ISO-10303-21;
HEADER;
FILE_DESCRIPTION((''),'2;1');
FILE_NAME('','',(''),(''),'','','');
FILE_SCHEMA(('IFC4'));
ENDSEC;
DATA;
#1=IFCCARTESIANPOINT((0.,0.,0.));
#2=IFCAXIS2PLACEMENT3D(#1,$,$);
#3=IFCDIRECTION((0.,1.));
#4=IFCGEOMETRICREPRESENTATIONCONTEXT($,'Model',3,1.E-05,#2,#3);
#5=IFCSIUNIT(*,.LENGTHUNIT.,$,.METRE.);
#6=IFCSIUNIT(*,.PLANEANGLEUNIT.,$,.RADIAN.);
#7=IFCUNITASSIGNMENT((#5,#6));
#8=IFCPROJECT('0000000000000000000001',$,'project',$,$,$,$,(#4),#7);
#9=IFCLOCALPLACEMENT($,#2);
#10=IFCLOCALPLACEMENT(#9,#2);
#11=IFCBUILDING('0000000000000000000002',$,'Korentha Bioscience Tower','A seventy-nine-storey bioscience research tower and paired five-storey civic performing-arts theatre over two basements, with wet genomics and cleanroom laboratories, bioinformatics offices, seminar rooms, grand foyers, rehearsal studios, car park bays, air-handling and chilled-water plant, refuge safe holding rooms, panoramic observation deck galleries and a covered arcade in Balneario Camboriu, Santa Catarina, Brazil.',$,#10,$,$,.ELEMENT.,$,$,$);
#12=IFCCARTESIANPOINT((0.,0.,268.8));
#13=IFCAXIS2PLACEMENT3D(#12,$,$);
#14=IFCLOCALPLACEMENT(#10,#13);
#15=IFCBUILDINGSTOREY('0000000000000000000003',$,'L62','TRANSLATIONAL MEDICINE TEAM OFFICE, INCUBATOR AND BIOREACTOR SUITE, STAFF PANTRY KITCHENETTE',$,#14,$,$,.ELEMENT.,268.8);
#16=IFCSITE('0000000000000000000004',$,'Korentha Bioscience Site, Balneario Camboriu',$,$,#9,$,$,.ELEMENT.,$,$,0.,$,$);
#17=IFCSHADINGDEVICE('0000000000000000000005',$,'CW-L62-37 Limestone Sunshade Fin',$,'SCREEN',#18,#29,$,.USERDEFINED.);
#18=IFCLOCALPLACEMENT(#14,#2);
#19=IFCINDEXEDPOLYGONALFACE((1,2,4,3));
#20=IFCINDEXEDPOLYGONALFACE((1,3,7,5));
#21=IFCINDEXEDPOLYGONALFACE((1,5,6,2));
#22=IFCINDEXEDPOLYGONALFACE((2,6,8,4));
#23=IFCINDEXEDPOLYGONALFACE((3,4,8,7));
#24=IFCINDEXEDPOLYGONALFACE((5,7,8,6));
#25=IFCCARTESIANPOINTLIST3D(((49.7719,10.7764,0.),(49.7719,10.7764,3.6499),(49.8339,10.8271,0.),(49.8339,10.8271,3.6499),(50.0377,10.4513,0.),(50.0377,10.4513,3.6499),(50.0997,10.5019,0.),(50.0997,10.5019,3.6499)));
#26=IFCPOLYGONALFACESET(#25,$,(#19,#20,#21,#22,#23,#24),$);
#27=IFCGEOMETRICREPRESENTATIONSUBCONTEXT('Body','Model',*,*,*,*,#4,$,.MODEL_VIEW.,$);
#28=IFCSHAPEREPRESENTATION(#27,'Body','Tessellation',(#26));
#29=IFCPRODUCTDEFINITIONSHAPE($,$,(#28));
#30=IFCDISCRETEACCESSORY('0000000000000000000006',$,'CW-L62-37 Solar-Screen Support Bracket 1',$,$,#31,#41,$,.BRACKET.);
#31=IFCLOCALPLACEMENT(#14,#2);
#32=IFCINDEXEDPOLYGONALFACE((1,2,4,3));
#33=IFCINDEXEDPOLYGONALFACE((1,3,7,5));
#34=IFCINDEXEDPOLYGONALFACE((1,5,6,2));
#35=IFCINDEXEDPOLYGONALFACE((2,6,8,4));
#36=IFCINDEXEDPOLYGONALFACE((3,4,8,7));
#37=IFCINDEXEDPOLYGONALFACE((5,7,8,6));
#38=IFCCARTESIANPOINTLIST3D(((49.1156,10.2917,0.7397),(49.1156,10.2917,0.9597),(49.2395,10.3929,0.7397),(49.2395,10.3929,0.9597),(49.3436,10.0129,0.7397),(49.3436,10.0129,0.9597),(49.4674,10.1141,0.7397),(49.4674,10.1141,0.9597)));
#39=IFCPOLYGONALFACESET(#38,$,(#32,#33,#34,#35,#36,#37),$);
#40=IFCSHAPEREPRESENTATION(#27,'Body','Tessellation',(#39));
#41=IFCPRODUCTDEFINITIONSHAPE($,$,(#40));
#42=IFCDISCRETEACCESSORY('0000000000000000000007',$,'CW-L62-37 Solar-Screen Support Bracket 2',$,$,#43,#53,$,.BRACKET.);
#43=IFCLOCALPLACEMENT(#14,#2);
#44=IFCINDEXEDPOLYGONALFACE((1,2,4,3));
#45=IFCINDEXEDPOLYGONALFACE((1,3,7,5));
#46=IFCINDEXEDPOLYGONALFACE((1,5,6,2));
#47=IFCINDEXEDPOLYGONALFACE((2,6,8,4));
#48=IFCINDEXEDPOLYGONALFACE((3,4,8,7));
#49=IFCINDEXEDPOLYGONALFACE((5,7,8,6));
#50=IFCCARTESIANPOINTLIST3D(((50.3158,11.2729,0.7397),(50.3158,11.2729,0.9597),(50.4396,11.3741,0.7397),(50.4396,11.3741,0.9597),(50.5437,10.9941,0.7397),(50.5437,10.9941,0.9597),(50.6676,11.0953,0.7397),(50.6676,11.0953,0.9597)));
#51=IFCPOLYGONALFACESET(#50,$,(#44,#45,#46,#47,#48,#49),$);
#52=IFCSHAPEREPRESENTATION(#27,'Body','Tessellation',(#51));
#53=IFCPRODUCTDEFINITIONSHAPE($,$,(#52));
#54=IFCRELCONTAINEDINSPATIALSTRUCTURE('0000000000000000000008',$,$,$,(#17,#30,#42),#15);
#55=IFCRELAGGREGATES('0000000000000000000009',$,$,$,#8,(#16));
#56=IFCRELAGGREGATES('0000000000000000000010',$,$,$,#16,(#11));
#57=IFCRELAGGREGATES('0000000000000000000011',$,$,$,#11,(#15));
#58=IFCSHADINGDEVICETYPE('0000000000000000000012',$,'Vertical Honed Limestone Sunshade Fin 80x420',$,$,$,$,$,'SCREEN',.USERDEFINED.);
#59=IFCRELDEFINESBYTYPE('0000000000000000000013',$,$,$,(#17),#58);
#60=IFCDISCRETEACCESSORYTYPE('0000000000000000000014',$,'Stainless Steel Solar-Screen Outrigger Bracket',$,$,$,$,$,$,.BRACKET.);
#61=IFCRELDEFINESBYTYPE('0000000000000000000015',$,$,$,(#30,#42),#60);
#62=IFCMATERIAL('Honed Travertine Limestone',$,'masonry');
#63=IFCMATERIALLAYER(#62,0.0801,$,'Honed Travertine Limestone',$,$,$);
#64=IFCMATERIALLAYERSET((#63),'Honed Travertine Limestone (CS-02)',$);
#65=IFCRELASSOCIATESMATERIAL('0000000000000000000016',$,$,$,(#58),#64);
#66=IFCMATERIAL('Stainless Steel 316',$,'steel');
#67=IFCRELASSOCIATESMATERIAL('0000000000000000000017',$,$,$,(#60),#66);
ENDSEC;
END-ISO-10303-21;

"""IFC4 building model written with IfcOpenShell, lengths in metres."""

from ifc_helpers import new_model, si_unit, direction, frame, origin, origin_2d, place, context, subcontext, project, spatial, rectangle, extrude, material, layer, layer_set, type_object, element, save


model = new_model("IFC4")

# Units and contexts
model_context = context("Model", 3, precision=1e-05, world=origin(), true_north=direction((0.0, 1.0)))
body_context = subcontext(model_context, "Body", "Model", "MODEL_VIEW")
ifc_project = project(units=[si_unit("LENGTHUNIT", "METRE"), si_unit("PLANEANGLEUNIT", "RADIAN")], contexts=[model_context])

# Site, building, storey
site_placement = place(None, origin())
site = spatial("IfcSite", under=ifc_project, at=site_placement, Name="Korentha Bioscience Site, Balneario Camboriu", CompositionType="ELEMENT", RefElevation=0.0)
building_placement = place(site_placement, origin())
building = spatial("IfcBuilding", under=site, at=building_placement, Name="Korentha Bioscience Tower", Description="A seventy-nine-storey bioscience research tower and paired five-storey civic performing-arts theatre over two basements, with wet genomics and cleanroom laboratories, bioinformatics offices, seminar rooms, grand foyers, rehearsal studios, car park bays, air-handling and chilled-water plant, refuge safe holding rooms, panoramic observation deck galleries and a covered arcade in Balneario Camboriu, Santa Catarina, Brazil.", CompositionType="ELEMENT")
storey_placement = place(building_placement, frame((0.0, 0.0, 268.8)))
storey = spatial("IfcBuildingStorey", under=building, at=storey_placement, Name="L62", Description="TRANSLATIONAL MEDICINE TEAM OFFICE, INCUBATOR AND BIOREACTOR SUITE, STAFF PANTRY KITCHENETTE", CompositionType="ELEMENT", Elevation=268.8)

# Shading device
ifc_material_1 = material(Name="Honed Travertine Limestone", Category="masonry")
ifc_layer_1 = layer(ifc_material_1, 0.0801, Name="Honed Travertine Limestone")
ifc_layer_set_1 = layer_set([ifc_layer_1], Name="Honed Travertine Limestone (CS-02)")
shading_device_type_1 = type_object("IfcShadingDeviceType", Name="Vertical Honed Limestone Sunshade Fin 80x420", ElementType="SCREEN", PredefinedType="USERDEFINED", material=ifc_layer_set_1)
shading_device_1_placement = place(storey_placement, frame((49.9358, 10.6392, 0.0), z_axis=(0.0, 0.0, 1.0), x_axis=(0.774235, 0.632898, 0.0)))
element("IfcShadingDevice", 1, at=shading_device_1_placement, inside=storey, type_object=shading_device_type_1, Name="CW-L62-37 Limestone Sunshade Fin", ObjectType="SCREEN", PredefinedType="USERDEFINED", context=body_context, shape_type="SweptSolid", body=[
    extrude(rectangle(XDim=0.0801, YDim=0.4199, at=origin_2d()), origin(), (0.0, 0.0, 1.0), 3.6499),
])

# Discrete accessories
ifc_material_2 = material(Name="Stainless Steel 316", Category="steel")
discrete_accessory_type = type_object("IfcDiscreteAccessoryType", Name="Stainless Steel Solar-Screen Outrigger Bracket", PredefinedType="BRACKET", material=ifc_material_2)
for number, where, z_axis, x_axis, name in (
    (2, (49.2915, 10.2029, 0.7397), (0.0, 0.0, 1.0), (0.774235, 0.632898, 0.0), "CW-L62-37 Solar-Screen Support Bracket 1"),
    (3, (50.4917, 11.1841, 0.7397), (0.0, 0.0, 1.0), (0.774235, 0.632898, 0.0), "CW-L62-37 Solar-Screen Support Bracket 2"),
):
    element("IfcDiscreteAccessory", number, at=place(storey_placement, frame(where, z_axis=z_axis, x_axis=x_axis)), inside=storey, type_object=discrete_accessory_type, Name=name, PredefinedType="BRACKET", context=body_context, shape_type="SweptSolid", body=[
        extrude(rectangle(XDim=0.1599, YDim=0.3601, at=origin_2d()), origin(), (0.0, 0.0, 1.0), 0.22),
    ])

save(model, "model.ifc")
